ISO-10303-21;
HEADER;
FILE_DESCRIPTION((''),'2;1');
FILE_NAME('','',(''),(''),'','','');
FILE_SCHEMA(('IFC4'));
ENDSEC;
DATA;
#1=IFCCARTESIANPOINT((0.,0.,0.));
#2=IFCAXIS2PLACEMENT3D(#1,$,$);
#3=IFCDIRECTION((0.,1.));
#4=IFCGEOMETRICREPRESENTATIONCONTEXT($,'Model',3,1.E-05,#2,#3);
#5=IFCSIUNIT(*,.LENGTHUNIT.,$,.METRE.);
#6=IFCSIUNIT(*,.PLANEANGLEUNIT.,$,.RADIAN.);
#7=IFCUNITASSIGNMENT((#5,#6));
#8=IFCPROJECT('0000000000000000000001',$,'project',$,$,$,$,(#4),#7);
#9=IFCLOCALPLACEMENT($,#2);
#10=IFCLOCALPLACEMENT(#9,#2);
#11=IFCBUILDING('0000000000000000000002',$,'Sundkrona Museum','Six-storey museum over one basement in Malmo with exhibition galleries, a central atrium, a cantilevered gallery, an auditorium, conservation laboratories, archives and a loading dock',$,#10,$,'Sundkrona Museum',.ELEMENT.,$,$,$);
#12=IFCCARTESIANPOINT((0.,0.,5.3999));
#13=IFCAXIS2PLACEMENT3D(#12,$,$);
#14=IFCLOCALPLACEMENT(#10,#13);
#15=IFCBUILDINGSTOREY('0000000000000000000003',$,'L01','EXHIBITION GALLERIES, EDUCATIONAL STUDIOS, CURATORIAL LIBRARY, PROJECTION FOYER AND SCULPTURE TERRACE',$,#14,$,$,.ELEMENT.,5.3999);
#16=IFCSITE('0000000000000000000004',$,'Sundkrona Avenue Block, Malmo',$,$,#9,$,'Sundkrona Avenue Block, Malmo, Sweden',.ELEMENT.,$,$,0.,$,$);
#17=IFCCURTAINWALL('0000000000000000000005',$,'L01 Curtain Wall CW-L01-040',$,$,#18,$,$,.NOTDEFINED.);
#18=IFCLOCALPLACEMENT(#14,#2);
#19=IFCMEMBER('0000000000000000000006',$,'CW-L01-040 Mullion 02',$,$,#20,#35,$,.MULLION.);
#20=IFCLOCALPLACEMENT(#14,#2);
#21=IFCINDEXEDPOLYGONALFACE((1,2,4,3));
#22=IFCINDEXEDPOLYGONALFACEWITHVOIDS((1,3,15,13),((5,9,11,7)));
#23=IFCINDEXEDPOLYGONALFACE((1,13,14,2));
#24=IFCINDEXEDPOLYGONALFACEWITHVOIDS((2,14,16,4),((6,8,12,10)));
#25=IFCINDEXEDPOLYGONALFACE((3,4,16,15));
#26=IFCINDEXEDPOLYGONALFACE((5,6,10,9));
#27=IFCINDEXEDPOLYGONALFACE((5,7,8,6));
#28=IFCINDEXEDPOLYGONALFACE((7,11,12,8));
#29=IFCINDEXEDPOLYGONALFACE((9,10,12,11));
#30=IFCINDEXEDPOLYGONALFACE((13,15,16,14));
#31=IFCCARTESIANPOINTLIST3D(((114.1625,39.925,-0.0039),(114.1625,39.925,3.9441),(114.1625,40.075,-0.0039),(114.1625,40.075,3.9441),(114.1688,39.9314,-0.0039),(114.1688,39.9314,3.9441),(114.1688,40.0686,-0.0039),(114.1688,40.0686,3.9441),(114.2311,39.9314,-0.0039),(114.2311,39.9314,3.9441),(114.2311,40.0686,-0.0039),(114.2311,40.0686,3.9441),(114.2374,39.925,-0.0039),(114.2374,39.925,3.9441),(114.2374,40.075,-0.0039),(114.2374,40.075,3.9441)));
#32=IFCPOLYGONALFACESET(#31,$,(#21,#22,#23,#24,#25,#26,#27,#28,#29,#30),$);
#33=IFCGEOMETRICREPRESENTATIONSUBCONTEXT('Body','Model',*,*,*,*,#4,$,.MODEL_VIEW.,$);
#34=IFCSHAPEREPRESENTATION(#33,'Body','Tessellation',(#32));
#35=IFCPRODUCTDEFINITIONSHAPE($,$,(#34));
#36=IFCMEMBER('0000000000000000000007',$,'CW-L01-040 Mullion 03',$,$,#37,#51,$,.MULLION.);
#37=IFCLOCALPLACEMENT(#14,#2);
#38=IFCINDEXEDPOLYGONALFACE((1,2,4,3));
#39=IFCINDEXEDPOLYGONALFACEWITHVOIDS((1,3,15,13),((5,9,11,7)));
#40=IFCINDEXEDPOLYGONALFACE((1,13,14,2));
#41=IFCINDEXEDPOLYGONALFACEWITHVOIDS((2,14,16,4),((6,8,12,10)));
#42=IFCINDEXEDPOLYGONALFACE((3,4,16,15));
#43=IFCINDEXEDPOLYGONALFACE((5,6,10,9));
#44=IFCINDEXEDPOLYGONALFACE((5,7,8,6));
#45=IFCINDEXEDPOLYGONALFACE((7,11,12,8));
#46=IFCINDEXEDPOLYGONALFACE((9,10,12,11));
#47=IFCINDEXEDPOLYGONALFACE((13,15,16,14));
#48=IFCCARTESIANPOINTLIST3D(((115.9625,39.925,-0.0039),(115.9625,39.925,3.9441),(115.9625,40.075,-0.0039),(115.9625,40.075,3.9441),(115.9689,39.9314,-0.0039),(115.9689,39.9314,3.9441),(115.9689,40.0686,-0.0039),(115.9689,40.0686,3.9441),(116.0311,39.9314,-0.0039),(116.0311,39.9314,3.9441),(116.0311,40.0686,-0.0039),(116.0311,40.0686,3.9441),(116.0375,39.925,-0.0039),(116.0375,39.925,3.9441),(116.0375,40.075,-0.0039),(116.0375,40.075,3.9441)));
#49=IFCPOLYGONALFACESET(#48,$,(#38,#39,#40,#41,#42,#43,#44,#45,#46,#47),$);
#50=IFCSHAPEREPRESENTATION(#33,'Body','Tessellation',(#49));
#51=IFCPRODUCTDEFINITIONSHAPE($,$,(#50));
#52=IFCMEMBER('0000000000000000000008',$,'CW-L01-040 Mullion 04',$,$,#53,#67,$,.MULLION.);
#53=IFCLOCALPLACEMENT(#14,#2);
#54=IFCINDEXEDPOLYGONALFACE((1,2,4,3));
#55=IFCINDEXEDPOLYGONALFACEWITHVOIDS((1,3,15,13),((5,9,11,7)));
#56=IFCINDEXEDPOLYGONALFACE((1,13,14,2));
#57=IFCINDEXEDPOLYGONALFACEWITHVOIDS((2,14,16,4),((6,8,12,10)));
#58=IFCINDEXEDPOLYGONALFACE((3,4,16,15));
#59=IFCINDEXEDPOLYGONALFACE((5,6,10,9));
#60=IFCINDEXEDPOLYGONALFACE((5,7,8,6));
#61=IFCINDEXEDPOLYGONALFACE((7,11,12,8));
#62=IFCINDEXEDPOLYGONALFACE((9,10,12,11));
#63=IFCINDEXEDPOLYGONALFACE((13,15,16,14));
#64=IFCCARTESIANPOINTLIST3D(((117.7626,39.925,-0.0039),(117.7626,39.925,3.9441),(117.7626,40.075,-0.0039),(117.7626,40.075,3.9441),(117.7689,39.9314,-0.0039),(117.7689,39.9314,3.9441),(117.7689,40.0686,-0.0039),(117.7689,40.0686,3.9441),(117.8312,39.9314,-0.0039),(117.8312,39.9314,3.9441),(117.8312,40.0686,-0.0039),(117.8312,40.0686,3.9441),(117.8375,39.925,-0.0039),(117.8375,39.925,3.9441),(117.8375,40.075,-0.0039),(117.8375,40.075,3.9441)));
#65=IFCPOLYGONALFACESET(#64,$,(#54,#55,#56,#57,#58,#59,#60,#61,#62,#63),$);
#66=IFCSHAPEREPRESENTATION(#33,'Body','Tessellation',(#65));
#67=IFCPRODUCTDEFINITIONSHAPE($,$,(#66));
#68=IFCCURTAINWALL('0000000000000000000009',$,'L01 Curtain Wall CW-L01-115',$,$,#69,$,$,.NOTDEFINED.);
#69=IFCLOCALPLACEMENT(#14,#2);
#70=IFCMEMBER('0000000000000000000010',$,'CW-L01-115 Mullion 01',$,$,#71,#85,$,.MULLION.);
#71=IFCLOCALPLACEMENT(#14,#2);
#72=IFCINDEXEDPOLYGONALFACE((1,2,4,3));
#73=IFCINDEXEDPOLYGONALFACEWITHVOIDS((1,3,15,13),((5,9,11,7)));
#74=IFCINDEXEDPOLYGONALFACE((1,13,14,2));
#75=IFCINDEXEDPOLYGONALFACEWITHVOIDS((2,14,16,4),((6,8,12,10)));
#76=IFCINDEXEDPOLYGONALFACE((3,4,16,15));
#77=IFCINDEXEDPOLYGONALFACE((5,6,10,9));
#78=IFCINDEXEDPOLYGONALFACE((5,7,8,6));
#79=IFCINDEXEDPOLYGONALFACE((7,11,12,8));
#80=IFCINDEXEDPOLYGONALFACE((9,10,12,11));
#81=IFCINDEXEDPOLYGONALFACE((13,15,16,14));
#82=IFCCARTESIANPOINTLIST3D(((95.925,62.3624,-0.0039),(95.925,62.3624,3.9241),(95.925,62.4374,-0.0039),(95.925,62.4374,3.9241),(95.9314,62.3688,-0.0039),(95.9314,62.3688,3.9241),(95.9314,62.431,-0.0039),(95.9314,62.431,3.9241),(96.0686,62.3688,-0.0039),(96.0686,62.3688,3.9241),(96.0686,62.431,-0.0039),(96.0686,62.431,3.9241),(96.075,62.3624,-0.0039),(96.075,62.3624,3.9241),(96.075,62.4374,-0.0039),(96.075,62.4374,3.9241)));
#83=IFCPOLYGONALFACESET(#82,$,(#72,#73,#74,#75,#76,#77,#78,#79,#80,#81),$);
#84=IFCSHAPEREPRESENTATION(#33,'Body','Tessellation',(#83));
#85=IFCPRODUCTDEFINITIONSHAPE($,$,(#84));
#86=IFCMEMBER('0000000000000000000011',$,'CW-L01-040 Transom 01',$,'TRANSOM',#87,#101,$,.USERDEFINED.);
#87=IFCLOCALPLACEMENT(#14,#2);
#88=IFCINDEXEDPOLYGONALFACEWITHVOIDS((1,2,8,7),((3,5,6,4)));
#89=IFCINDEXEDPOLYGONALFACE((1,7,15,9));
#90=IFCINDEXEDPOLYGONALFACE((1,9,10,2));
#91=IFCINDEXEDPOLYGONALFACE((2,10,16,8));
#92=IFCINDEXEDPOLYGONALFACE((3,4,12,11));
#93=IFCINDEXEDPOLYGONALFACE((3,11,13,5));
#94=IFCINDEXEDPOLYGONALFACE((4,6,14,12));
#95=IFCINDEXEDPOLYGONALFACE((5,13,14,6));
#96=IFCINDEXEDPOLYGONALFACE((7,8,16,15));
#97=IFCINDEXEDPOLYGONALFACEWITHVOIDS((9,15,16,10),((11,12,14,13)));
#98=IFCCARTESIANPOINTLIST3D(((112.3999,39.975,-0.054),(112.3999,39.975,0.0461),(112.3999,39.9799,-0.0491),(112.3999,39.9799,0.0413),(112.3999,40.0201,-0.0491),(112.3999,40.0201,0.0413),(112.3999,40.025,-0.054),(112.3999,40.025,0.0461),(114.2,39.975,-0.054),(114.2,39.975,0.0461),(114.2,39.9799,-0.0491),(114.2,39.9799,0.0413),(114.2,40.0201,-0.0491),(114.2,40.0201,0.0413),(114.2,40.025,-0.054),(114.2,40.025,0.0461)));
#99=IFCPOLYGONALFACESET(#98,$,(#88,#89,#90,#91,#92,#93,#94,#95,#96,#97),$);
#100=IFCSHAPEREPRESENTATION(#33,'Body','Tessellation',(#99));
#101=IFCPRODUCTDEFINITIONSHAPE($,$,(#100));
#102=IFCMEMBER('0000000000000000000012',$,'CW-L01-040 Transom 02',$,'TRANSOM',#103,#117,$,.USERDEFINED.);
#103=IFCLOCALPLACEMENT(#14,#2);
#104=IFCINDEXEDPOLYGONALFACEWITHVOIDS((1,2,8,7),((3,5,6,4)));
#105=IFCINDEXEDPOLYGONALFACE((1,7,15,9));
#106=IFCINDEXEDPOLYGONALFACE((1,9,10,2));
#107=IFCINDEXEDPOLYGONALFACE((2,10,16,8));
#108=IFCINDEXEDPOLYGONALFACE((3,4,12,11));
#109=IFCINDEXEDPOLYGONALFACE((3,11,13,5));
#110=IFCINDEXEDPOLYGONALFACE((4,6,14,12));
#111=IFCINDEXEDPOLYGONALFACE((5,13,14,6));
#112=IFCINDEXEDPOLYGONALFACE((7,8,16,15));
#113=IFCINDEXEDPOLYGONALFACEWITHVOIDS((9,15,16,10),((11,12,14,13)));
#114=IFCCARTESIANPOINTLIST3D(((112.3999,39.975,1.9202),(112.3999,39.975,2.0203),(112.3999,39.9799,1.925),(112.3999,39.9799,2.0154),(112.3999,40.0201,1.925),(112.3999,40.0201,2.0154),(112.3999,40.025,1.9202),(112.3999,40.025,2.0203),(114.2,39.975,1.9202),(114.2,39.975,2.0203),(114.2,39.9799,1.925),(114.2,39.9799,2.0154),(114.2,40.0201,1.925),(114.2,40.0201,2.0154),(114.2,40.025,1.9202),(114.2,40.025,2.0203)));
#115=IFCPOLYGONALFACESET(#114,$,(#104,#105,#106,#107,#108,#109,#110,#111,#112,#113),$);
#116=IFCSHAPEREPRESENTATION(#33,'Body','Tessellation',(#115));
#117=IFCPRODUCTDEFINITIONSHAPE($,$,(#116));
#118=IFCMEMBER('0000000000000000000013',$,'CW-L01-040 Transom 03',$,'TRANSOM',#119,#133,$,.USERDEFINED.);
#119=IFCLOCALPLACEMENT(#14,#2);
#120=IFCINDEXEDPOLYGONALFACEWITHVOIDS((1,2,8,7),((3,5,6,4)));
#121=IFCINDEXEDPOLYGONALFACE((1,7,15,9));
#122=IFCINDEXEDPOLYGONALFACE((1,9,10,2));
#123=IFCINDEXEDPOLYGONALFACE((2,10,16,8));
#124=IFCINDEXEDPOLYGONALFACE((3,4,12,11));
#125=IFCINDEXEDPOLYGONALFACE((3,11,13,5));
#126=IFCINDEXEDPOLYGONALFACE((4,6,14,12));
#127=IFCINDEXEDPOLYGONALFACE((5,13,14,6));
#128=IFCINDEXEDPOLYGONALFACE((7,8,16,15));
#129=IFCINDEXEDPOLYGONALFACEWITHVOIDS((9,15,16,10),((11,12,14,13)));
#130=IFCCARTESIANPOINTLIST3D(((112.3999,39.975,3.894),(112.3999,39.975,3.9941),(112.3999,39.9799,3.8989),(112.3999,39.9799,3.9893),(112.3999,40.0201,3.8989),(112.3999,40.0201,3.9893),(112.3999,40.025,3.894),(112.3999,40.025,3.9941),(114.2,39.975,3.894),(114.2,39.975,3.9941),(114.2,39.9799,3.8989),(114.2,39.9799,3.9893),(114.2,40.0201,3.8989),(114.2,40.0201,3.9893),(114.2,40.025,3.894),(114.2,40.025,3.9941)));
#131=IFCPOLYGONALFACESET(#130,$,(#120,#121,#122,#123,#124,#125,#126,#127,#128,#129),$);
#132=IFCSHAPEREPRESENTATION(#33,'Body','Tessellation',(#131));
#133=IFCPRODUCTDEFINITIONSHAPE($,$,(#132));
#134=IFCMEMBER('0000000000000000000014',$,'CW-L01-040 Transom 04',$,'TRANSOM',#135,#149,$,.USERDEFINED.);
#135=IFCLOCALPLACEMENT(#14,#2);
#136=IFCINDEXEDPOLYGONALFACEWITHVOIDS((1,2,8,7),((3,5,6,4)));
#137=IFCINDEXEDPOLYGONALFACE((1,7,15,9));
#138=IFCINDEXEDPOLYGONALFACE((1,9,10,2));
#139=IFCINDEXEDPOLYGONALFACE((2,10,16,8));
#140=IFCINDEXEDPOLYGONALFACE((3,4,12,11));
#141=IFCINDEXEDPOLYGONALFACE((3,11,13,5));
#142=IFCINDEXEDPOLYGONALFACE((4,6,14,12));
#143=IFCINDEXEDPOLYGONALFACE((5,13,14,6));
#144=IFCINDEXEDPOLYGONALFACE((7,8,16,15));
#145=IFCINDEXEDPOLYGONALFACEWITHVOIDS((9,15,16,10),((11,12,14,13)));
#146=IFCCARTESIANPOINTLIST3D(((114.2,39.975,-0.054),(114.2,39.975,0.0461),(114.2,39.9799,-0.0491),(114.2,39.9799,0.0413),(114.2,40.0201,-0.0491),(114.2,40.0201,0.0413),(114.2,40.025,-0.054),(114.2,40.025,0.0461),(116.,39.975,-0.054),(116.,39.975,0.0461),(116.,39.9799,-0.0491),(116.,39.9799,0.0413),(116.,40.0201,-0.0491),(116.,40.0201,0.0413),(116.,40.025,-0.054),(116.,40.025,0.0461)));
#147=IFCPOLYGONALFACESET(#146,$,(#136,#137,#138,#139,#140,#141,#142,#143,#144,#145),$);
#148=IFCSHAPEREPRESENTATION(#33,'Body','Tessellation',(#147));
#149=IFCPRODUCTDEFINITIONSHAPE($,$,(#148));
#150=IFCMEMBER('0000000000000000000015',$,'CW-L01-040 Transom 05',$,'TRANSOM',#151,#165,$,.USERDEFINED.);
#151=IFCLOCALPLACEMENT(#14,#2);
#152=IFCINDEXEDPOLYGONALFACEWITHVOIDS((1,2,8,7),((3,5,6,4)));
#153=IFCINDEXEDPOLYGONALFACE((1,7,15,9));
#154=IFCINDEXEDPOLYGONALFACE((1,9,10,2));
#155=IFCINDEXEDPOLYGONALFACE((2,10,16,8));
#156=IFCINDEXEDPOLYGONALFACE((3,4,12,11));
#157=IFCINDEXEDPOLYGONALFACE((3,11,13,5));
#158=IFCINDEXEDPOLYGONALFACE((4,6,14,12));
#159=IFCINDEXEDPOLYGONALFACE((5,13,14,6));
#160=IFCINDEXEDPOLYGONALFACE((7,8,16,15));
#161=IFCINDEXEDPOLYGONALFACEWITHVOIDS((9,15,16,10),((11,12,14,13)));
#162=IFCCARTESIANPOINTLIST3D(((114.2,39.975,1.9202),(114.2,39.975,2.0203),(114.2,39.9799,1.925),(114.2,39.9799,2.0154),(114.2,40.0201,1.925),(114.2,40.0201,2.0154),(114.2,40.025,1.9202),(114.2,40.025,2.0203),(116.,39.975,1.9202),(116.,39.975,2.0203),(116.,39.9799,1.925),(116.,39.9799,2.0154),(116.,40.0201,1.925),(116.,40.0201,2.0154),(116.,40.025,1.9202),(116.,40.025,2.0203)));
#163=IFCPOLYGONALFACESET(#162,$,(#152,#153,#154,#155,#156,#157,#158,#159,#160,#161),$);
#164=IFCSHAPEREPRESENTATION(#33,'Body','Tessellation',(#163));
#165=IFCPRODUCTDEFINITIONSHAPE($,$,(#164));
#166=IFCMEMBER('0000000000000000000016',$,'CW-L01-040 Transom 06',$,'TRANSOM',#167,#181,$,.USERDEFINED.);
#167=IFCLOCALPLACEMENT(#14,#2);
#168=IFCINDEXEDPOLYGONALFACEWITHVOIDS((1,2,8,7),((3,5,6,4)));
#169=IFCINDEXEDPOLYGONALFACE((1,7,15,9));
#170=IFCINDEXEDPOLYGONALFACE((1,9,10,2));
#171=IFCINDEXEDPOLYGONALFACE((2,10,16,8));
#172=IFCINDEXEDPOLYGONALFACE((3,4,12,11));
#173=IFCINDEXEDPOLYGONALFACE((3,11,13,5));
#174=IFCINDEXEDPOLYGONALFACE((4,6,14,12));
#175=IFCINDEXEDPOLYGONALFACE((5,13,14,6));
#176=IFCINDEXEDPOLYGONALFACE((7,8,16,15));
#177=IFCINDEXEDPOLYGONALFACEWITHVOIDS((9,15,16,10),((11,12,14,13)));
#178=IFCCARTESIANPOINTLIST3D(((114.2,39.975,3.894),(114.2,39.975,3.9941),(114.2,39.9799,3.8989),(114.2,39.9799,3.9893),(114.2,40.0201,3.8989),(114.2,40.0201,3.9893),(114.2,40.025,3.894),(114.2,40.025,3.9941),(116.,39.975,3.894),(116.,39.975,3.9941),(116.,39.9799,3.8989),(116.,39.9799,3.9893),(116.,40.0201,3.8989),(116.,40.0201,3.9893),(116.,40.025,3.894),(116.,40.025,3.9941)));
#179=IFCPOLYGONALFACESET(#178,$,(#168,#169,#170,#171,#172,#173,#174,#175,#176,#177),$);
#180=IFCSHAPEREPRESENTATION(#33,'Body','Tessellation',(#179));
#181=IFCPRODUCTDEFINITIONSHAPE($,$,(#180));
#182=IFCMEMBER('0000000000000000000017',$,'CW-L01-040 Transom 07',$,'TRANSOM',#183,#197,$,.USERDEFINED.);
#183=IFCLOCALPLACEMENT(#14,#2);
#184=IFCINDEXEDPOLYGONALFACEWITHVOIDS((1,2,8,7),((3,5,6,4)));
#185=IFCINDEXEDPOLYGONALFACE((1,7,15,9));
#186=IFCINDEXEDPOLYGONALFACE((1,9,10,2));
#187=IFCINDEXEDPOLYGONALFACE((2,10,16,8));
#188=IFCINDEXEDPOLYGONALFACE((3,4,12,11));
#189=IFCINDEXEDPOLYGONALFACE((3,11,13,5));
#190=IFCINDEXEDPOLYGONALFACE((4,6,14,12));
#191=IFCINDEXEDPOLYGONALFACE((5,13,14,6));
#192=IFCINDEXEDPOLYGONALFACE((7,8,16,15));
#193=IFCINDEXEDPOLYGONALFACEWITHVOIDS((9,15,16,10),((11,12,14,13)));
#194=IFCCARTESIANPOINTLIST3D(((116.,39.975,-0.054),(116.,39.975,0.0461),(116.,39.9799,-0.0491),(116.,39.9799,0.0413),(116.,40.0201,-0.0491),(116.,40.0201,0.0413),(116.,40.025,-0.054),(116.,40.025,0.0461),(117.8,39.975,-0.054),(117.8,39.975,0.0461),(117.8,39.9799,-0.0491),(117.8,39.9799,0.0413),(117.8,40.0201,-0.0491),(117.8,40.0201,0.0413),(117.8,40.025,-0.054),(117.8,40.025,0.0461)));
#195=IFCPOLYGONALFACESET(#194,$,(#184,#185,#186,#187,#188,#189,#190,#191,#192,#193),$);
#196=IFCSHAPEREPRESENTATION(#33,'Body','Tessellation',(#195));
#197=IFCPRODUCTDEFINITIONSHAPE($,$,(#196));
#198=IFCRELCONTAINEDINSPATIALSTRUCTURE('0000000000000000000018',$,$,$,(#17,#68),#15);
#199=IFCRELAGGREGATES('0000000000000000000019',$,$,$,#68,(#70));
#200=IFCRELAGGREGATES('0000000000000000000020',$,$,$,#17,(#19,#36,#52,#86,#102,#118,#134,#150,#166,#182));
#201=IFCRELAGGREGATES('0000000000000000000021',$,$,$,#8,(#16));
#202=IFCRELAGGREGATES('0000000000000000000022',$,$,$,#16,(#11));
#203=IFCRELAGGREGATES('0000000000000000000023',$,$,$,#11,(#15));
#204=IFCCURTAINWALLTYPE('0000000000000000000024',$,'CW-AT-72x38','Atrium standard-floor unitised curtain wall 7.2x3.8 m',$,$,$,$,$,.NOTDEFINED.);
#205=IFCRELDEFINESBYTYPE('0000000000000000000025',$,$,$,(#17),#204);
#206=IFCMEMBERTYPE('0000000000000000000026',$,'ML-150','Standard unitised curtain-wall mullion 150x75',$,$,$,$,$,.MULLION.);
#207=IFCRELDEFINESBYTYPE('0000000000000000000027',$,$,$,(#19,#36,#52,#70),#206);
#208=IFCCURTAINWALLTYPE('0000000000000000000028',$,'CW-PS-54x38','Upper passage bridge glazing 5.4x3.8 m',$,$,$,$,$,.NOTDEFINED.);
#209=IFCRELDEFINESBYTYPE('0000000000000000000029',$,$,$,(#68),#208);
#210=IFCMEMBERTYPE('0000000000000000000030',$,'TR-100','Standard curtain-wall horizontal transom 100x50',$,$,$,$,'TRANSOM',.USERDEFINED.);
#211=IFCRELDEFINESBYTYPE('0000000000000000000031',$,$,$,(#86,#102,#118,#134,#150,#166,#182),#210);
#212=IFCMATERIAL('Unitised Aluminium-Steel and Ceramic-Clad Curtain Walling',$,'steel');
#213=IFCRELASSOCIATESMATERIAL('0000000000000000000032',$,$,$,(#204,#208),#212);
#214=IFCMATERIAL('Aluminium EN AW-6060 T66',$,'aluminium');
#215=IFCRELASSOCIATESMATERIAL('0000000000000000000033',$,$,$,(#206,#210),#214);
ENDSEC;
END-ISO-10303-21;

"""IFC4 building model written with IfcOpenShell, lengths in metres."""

from ifc_helpers import new_model, si_unit, direction, frame, origin, origin_2d, place, context, subcontext, project, spatial, hollow_rectangle, extrude, material, material_profile, profile_set, type_object, element, aggregate, save


model = new_model("IFC4")

# Units and contexts
model_context = context("Model", 3, precision=1e-05, world=origin(), true_north=direction((0.0, 1.0)))
body_context = subcontext(model_context, "Body", "Model", "MODEL_VIEW")
ifc_project = project(units=[si_unit("LENGTHUNIT", "METRE"), si_unit("PLANEANGLEUNIT", "RADIAN")], contexts=[model_context])

# Site, building, storey
site_placement = place(None, origin())
site = spatial("IfcSite", under=ifc_project, at=site_placement, Name="Sundkrona Avenue Block, Malmo", LongName="Sundkrona Avenue Block, Malmo, Sweden", CompositionType="ELEMENT", RefElevation=0.0)
building_placement = place(site_placement, origin())
building = spatial("IfcBuilding", under=site, at=building_placement, Name="Sundkrona Museum", Description="Six-storey museum over one basement in Malmo with exhibition galleries, a central atrium, a cantilevered gallery, an auditorium, conservation laboratories, archives and a loading dock", LongName="Sundkrona Museum", CompositionType="ELEMENT")
storey_placement = place(building_placement, frame((0.0, 0.0, 5.3999)))
storey = spatial("IfcBuildingStorey", under=building, at=storey_placement, Name="L01", Description="EXHIBITION GALLERIES, EDUCATIONAL STUDIOS, CURATORIAL LIBRARY, PROJECTION FOYER AND SCULPTURE TERRACE", CompositionType="ELEMENT", Elevation=5.3999)

# Curtain wall, members
ifc_material_1 = material(Name="Unitised Aluminium-Steel and Ceramic-Clad Curtain Walling", Category="steel")
curtain_wall_type_1 = type_object("IfcCurtainWallType", Name="CW-AT-72x38", Description="Atrium standard-floor unitised curtain wall 7.2x3.8 m", PredefinedType="NOTDEFINED", material=ifc_material_1)
curtain_wall_1_placement = place(storey_placement, origin())
curtain_wall_1 = element("IfcCurtainWall", 1, at=curtain_wall_1_placement, inside=storey, type_object=curtain_wall_type_1, Name="L01 Curtain Wall CW-L01-040", PredefinedType="NOTDEFINED")
ifc_material_2 = material(Name="Aluminium EN AW-6060 T66", Category="aluminium")
ifc_material_profile_1 = material_profile(ifc_material_2, hollow_rectangle(XDim=0.075, YDim=0.1499, WallThickness=0.0063, at=origin_2d()), Name="RHS 150x75x6.3")
ifc_profile_set_1 = profile_set([ifc_material_profile_1], Name="Aluminium EN AW-6060 T66")
member_type_1 = type_object("IfcMemberType", Name="ML-150", Description="Standard unitised curtain-wall mullion 150x75", PredefinedType="MULLION", material=ifc_profile_set_1)
member_1_placement = place(storey_placement, frame((114.2, 40.0, -0.0039), z_axis=(0.0, 0.0, 1.0), x_axis=(1.0, 0.0, 0.0)))
member_1 = element("IfcMember", 2, at=member_1_placement, type_object=member_type_1, Name="CW-L01-040 Mullion 02", PredefinedType="MULLION", context=body_context, shape_type="SweptSolid", body=[
    extrude(hollow_rectangle(XDim=0.075, YDim=0.1499, WallThickness=0.0063, at=origin_2d()), origin(), (0.0, 0.0, 1.0), 3.948),
])
member_2_placement = place(storey_placement, frame((116.0, 40.0, -0.0039), z_axis=(0.0, 0.0, 1.0), x_axis=(1.0, 0.0, 0.0)))
member_2 = element("IfcMember", 3, at=member_2_placement, type_object=member_type_1, Name="CW-L01-040 Mullion 03", PredefinedType="MULLION", context=body_context, shape_type="SweptSolid", body=[
    extrude(hollow_rectangle(XDim=0.075, YDim=0.1499, WallThickness=0.0063, at=origin_2d()), origin(), (0.0, 0.0, 1.0), 3.948),
])
member_3_placement = place(storey_placement, frame((117.8, 40.0, -0.0039), z_axis=(0.0, 0.0, 1.0), x_axis=(1.0, 0.0, 0.0)))
member_3 = element("IfcMember", 4, at=member_3_placement, type_object=member_type_1, Name="CW-L01-040 Mullion 04", PredefinedType="MULLION", context=body_context, shape_type="SweptSolid", body=[
    extrude(hollow_rectangle(XDim=0.075, YDim=0.1499, WallThickness=0.0063, at=origin_2d()), origin(), (0.0, 0.0, 1.0), 3.948),
])

# Curtain wall, member
curtain_wall_type_2 = type_object("IfcCurtainWallType", Name="CW-PS-54x38", Description="Upper passage bridge glazing 5.4x3.8 m", PredefinedType="NOTDEFINED", material=ifc_material_1)
curtain_wall_2_placement = place(storey_placement, origin())
curtain_wall_2 = element("IfcCurtainWall", 5, at=curtain_wall_2_placement, inside=storey, type_object=curtain_wall_type_2, Name="L01 Curtain Wall CW-L01-115", PredefinedType="NOTDEFINED")
member_4_placement = place(storey_placement, frame((96.0, 62.3999, -0.0039), z_axis=(0.0, 0.0, 1.0), x_axis=(0.0, 1.0, 0.0)))
member_4 = element("IfcMember", 6, at=member_4_placement, type_object=member_type_1, Name="CW-L01-115 Mullion 01", PredefinedType="MULLION", context=body_context, shape_type="SweptSolid", body=[
    extrude(hollow_rectangle(XDim=0.075, YDim=0.1499, WallThickness=0.0063, at=origin_2d()), origin(), (0.0, 0.0, 1.0), 3.928),
])

# Members
ifc_material_profile_2 = material_profile(ifc_material_2, hollow_rectangle(XDim=0.05, YDim=0.1001, WallThickness=0.0049, at=origin_2d()), Name="RHS 100x50x5.0")
ifc_profile_set_2 = profile_set([ifc_material_profile_2], Name="Aluminium EN AW-6060 T66")
member_type_2 = type_object("IfcMemberType", Name="TR-100", Description="Standard curtain-wall horizontal transom 100x50", ElementType="TRANSOM", PredefinedType="USERDEFINED", material=ifc_profile_set_2)
member_5_placement = place(storey_placement, frame((112.3999, 40.0, -0.0039), z_axis=(1.0, 0.0, 0.0), x_axis=(0.0, 1.0, 0.0)))
member_5 = element("IfcMember", 7, at=member_5_placement, type_object=member_type_2, Name="CW-L01-040 Transom 01", ObjectType="TRANSOM", PredefinedType="USERDEFINED", context=body_context, shape_type="SweptSolid", body=[
    extrude(hollow_rectangle(XDim=0.05, YDim=0.1001, WallThickness=0.0049, at=origin_2d()), origin(), (0.0, 0.0, 1.0), 1.8),
])
member_6_placement = place(storey_placement, frame((112.3999, 40.0, 1.9702), z_axis=(1.0, 0.0, 0.0), x_axis=(0.0, 1.0, 0.0)))
member_6 = element("IfcMember", 8, at=member_6_placement, type_object=member_type_2, Name="CW-L01-040 Transom 02", ObjectType="TRANSOM", PredefinedType="USERDEFINED", context=body_context, shape_type="SweptSolid", body=[
    extrude(hollow_rectangle(XDim=0.05, YDim=0.1001, WallThickness=0.0049, at=origin_2d()), origin(), (0.0, 0.0, 1.0), 1.8),
])
member_7_placement = place(storey_placement, frame((112.3999, 40.0, 3.9441), z_axis=(1.0, 0.0, 0.0), x_axis=(0.0, 1.0, 0.0)))
member_7 = element("IfcMember", 9, at=member_7_placement, type_object=member_type_2, Name="CW-L01-040 Transom 03", ObjectType="TRANSOM", PredefinedType="USERDEFINED", context=body_context, shape_type="SweptSolid", body=[
    extrude(hollow_rectangle(XDim=0.05, YDim=0.1001, WallThickness=0.0049, at=origin_2d()), origin(), (0.0, 0.0, 1.0), 1.8),
])
member_8_placement = place(storey_placement, frame((114.2, 40.0, -0.0039), z_axis=(1.0, 0.0, 0.0), x_axis=(0.0, 1.0, 0.0)))
member_8 = element("IfcMember", 10, at=member_8_placement, type_object=member_type_2, Name="CW-L01-040 Transom 04", ObjectType="TRANSOM", PredefinedType="USERDEFINED", context=body_context, shape_type="SweptSolid", body=[
    extrude(hollow_rectangle(XDim=0.05, YDim=0.1001, WallThickness=0.0049, at=origin_2d()), origin(), (0.0, 0.0, 1.0), 1.8),
])
member_9_placement = place(storey_placement, frame((114.2, 40.0, 1.9702), z_axis=(1.0, 0.0, 0.0), x_axis=(0.0, 1.0, 0.0)))
member_9 = element("IfcMember", 11, at=member_9_placement, type_object=member_type_2, Name="CW-L01-040 Transom 05", ObjectType="TRANSOM", PredefinedType="USERDEFINED", context=body_context, shape_type="SweptSolid", body=[
    extrude(hollow_rectangle(XDim=0.05, YDim=0.1001, WallThickness=0.0049, at=origin_2d()), origin(), (0.0, 0.0, 1.0), 1.8),
])
member_10_placement = place(storey_placement, frame((114.2, 40.0, 3.9441), z_axis=(1.0, 0.0, 0.0), x_axis=(0.0, 1.0, 0.0)))
member_10 = element("IfcMember", 12, at=member_10_placement, type_object=member_type_2, Name="CW-L01-040 Transom 06", ObjectType="TRANSOM", PredefinedType="USERDEFINED", context=body_context, shape_type="SweptSolid", body=[
    extrude(hollow_rectangle(XDim=0.05, YDim=0.1001, WallThickness=0.0049, at=origin_2d()), origin(), (0.0, 0.0, 1.0), 1.8),
])
member_11_placement = place(storey_placement, frame((116.0, 40.0, -0.0039), z_axis=(1.0, 0.0, 0.0), x_axis=(0.0, 1.0, 0.0)))
member_11 = element("IfcMember", 13, at=member_11_placement, type_object=member_type_2, Name="CW-L01-040 Transom 07", ObjectType="TRANSOM", PredefinedType="USERDEFINED", context=body_context, shape_type="SweptSolid", body=[
    extrude(hollow_rectangle(XDim=0.05, YDim=0.1001, WallThickness=0.0049, at=origin_2d()), origin(), (0.0, 0.0, 1.0), 1.8),
])
aggregate(curtain_wall_2, [member_4])

aggregate(curtain_wall_1, [member_1, member_2, member_3, member_5, member_6, member_7, member_8, member_9, member_10, member_11])

save(model, "model.ifc")
